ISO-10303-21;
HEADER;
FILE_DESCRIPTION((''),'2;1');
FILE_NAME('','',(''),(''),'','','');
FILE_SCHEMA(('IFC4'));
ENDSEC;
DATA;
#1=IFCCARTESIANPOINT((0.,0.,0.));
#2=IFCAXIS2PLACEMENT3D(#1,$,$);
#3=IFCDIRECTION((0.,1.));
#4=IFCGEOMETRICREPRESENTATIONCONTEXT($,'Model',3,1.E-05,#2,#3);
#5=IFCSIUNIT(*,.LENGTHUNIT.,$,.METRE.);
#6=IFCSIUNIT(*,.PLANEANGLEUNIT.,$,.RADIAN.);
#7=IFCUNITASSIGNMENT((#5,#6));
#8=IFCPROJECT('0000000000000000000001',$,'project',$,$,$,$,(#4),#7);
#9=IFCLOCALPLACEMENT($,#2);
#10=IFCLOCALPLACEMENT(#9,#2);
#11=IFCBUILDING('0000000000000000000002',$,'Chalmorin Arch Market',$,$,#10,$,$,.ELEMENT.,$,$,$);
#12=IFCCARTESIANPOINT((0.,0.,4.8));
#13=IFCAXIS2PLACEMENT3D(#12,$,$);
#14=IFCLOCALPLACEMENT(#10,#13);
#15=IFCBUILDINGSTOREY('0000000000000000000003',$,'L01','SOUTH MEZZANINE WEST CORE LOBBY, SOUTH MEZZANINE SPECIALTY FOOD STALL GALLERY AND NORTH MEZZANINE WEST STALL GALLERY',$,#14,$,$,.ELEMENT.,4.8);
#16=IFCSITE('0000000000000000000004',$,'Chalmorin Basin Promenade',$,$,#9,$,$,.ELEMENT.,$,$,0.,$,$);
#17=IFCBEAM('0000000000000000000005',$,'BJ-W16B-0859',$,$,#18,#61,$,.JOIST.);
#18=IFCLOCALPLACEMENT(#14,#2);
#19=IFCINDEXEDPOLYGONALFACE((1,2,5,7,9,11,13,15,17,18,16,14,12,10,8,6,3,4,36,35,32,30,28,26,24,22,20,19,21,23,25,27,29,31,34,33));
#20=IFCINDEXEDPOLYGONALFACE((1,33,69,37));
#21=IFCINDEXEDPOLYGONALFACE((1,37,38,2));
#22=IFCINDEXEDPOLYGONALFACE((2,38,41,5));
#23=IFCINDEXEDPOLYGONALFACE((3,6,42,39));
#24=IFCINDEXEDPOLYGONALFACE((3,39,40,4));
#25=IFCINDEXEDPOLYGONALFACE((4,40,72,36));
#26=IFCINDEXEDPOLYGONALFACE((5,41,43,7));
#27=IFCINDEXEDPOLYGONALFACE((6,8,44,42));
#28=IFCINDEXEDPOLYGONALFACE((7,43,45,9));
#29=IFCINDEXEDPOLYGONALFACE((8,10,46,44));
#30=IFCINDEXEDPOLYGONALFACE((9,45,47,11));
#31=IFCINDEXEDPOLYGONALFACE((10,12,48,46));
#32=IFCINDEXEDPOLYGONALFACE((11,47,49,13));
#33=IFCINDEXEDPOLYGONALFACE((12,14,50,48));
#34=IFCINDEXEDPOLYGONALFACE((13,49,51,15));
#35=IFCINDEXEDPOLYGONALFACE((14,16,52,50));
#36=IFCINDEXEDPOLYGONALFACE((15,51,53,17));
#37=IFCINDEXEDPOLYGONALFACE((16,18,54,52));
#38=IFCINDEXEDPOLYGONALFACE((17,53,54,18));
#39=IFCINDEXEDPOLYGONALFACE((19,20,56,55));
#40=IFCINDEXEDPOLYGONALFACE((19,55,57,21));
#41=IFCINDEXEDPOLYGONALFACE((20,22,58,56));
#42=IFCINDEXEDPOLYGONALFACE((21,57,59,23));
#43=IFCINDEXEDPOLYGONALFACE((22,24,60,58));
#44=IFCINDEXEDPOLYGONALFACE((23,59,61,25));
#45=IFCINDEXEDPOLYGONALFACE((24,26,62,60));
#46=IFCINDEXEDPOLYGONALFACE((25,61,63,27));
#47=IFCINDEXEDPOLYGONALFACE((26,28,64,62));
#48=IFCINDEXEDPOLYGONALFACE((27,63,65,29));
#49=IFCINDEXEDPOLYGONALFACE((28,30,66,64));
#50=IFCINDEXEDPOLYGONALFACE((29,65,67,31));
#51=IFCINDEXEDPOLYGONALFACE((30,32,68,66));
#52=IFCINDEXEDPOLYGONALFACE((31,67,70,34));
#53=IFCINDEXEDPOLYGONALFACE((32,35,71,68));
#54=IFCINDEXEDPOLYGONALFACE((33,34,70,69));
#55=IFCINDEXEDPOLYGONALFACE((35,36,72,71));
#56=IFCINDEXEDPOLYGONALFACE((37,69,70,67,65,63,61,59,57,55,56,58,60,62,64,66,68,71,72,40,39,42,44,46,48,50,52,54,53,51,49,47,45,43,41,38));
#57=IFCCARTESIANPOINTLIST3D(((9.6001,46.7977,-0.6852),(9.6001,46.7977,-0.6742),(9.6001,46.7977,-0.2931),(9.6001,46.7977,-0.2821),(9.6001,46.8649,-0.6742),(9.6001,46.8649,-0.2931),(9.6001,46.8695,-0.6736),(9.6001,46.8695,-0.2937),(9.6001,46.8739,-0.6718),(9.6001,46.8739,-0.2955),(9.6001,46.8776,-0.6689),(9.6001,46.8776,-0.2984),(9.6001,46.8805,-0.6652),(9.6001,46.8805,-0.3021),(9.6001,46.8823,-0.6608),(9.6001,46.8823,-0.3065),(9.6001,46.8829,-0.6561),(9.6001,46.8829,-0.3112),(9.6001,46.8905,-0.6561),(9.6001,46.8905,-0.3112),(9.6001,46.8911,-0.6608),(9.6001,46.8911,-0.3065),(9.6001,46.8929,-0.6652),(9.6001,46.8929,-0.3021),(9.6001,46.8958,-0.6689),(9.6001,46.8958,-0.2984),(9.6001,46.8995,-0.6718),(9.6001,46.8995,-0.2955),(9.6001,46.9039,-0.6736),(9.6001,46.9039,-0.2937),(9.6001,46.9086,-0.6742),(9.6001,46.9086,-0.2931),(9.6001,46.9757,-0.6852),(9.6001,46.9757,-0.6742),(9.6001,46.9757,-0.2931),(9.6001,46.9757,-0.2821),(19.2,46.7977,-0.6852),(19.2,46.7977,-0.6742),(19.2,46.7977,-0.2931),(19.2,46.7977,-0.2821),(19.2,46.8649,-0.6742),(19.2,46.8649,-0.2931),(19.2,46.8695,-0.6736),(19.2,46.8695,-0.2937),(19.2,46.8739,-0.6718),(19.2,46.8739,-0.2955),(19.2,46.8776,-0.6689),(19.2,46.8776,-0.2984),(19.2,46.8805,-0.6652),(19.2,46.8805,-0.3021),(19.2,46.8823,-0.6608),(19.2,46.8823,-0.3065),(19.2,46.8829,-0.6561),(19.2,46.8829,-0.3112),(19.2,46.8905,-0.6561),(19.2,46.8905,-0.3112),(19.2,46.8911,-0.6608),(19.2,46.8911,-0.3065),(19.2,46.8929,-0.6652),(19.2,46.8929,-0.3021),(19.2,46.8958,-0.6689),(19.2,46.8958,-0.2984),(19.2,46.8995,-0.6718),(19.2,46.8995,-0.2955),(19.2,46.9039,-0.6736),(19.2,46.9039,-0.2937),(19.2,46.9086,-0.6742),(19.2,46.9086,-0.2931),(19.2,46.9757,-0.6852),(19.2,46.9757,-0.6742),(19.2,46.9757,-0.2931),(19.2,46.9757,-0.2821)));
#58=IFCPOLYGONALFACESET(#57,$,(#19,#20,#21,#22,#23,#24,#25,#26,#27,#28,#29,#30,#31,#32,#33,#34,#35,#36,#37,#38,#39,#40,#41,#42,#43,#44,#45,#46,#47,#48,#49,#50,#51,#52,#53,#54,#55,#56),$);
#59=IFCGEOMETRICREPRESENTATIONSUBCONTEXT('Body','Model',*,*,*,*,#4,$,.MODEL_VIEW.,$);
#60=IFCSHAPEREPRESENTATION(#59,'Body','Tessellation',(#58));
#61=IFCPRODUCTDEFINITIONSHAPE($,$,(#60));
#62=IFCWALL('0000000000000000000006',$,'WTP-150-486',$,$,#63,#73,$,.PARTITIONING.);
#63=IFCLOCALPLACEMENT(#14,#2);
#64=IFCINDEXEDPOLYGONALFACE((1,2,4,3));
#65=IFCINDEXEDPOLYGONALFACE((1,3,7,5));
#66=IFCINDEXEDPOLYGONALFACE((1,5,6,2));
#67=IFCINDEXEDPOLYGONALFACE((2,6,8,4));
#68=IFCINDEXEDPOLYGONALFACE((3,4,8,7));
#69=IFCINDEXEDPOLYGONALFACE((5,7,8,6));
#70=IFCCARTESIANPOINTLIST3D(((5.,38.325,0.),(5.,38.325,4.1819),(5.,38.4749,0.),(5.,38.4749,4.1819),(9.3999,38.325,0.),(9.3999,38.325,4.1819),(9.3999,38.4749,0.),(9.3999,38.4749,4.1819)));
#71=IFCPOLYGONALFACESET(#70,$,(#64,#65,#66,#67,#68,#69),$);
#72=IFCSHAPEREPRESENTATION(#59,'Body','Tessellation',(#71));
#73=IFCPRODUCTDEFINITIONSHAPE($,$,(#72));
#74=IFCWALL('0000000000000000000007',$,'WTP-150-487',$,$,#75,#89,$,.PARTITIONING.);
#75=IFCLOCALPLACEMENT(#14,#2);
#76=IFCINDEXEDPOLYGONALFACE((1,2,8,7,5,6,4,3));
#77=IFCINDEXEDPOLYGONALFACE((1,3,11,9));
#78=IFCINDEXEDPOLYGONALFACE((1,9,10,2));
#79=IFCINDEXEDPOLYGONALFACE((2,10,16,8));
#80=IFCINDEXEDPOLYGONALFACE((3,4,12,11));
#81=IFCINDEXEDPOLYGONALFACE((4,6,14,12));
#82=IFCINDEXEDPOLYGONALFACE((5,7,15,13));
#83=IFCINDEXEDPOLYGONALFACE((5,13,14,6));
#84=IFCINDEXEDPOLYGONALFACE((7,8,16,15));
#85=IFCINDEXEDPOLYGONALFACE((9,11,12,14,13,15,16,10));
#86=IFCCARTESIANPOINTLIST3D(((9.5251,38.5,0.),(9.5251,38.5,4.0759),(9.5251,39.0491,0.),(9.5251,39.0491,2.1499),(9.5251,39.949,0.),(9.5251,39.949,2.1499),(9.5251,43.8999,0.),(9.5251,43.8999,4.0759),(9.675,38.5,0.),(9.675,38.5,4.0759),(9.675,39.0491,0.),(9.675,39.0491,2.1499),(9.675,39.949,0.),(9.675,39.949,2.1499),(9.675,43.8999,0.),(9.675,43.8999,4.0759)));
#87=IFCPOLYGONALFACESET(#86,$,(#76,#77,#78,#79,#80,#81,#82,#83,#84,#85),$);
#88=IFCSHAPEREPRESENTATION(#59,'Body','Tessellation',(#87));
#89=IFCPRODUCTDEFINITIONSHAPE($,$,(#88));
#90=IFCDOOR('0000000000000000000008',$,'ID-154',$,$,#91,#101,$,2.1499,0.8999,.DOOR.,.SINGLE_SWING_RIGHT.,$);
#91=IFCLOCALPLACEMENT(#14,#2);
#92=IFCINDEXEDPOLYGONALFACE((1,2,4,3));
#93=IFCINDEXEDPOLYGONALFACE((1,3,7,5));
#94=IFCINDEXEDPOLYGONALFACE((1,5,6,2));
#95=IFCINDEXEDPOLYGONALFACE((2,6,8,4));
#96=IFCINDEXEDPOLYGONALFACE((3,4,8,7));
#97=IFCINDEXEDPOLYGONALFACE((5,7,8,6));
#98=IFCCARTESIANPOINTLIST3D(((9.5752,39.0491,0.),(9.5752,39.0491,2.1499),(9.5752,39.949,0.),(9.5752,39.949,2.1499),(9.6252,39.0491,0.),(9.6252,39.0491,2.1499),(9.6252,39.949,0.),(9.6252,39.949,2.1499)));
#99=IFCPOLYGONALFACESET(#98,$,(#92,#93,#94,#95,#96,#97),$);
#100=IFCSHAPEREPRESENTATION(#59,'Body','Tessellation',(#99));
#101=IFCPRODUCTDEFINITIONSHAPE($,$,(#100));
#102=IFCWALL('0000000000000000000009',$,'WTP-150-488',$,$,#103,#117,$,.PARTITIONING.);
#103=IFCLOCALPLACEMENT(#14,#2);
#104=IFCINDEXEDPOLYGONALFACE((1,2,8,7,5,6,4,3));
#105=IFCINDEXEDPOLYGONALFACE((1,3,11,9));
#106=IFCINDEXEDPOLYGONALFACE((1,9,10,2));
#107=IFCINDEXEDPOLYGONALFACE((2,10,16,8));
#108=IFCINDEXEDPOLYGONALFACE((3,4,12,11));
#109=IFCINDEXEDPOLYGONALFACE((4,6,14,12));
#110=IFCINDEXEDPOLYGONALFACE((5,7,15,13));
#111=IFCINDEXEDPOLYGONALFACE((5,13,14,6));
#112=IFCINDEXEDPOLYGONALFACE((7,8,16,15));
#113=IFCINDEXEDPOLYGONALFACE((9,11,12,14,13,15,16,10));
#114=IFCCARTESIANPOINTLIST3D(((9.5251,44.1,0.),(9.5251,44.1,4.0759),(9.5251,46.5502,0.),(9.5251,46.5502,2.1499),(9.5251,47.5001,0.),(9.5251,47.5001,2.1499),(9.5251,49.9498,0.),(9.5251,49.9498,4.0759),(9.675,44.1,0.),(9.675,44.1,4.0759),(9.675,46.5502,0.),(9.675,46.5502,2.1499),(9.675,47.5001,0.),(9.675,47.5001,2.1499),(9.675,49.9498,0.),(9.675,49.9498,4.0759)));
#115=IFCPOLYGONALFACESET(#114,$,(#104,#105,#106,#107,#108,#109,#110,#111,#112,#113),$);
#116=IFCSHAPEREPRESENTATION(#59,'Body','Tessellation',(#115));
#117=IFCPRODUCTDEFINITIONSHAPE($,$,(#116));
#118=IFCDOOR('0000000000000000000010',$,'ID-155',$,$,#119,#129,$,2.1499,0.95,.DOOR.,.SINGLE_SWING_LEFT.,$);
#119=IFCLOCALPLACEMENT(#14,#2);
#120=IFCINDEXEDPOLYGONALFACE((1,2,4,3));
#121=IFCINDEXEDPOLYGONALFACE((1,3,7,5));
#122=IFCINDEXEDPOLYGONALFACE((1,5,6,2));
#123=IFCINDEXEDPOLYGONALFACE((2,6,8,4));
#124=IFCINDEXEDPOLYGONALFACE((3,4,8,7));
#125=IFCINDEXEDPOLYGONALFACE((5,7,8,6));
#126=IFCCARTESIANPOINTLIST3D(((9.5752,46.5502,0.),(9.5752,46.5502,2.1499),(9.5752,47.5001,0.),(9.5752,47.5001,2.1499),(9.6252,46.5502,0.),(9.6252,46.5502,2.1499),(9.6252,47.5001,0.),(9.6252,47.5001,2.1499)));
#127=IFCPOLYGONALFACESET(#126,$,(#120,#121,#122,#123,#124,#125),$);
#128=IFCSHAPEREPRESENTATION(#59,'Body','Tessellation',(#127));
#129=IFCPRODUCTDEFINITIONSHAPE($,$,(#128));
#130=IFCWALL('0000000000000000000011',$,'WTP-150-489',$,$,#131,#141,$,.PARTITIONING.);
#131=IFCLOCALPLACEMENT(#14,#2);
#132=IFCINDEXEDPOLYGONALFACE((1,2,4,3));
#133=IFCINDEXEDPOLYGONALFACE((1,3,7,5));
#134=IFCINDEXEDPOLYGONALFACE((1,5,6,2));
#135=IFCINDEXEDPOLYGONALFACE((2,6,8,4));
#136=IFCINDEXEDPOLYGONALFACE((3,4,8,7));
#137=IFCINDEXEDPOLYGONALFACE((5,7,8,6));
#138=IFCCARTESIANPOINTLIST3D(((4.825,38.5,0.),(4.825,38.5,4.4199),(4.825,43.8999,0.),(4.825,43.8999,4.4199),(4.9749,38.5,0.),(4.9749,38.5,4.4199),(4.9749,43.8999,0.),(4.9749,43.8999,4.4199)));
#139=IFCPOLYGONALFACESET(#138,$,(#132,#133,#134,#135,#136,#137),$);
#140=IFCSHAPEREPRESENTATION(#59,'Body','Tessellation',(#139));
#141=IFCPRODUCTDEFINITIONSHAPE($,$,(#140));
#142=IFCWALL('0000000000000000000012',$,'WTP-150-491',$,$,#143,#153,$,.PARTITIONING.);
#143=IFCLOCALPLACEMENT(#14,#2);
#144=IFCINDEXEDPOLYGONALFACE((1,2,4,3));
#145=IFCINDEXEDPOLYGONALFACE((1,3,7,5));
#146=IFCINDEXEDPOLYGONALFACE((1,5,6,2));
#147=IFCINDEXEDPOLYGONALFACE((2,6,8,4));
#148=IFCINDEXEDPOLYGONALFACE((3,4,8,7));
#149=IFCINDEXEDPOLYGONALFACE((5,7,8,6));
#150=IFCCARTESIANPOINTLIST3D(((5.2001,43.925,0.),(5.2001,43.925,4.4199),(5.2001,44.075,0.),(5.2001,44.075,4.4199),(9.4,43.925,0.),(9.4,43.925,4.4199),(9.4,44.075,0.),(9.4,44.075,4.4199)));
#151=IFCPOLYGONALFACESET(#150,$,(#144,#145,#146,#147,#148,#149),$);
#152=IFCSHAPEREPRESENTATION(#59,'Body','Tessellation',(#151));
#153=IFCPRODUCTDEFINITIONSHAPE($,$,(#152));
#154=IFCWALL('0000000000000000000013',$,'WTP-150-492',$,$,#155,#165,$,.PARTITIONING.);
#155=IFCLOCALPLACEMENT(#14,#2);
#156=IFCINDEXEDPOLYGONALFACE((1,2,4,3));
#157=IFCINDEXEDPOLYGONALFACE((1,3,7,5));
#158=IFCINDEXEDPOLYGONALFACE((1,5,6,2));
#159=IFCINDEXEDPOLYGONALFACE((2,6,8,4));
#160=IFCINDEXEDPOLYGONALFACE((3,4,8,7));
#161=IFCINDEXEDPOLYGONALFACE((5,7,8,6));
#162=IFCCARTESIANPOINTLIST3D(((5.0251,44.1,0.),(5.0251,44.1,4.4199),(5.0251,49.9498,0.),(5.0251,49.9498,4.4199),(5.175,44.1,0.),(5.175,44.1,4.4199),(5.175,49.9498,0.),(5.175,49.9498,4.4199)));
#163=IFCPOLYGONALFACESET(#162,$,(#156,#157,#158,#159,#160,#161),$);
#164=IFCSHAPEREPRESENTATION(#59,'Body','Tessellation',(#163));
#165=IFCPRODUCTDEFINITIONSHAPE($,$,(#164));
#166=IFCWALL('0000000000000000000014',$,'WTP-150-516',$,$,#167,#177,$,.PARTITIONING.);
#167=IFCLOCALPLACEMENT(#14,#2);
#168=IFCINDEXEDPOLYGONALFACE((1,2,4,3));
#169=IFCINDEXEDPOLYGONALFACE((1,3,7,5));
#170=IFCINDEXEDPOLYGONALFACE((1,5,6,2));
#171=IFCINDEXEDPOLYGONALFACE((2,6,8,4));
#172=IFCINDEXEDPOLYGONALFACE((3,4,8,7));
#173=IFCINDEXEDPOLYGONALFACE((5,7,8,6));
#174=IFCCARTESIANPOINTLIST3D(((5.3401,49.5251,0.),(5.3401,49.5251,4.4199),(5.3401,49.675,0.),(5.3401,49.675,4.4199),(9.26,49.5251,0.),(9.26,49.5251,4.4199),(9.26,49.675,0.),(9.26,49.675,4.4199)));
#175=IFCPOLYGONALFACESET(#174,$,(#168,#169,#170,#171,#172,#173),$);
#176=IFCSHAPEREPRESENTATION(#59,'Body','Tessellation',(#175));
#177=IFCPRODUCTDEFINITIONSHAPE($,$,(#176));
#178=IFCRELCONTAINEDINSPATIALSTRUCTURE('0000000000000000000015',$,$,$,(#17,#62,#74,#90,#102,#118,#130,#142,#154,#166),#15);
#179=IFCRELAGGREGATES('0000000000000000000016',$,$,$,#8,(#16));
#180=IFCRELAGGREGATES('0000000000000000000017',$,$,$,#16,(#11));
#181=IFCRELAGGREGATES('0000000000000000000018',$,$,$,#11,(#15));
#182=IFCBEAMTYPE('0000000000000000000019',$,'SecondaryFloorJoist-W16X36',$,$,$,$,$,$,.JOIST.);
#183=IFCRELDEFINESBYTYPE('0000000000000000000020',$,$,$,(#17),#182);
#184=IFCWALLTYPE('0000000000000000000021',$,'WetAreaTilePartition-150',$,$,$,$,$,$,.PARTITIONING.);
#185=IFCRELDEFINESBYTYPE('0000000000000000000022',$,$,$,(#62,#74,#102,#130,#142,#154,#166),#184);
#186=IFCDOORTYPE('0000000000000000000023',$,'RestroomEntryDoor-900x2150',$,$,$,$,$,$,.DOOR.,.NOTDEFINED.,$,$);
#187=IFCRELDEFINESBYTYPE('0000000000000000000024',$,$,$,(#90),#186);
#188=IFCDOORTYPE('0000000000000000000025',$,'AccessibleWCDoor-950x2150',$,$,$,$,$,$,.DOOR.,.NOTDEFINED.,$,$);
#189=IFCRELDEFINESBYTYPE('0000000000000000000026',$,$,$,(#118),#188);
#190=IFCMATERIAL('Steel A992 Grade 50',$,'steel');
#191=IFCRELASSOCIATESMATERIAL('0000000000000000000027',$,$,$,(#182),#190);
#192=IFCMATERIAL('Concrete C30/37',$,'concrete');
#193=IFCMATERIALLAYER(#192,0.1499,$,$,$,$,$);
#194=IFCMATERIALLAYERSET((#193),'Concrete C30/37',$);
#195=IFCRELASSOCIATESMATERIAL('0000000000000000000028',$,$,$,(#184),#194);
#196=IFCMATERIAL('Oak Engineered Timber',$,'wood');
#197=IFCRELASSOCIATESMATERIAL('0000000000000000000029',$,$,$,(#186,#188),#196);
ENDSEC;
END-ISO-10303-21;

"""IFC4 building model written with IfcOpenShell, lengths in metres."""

from ifc_helpers import new_model, si_unit, direction, frame, frame_2d, origin, origin_2d, place, context, subcontext, project, spatial, rectangle, i_section, extrude, material, layer, layer_set, material_profile, profile_set, type_object, element, fill, save


model = new_model("IFC4")

# Units and contexts
model_context = context("Model", 3, precision=1e-05, world=origin(), true_north=direction((0.0, 1.0)))
body_context = subcontext(model_context, "Body", "Model", "MODEL_VIEW")
ifc_project = project(units=[si_unit("LENGTHUNIT", "METRE"), si_unit("PLANEANGLEUNIT", "RADIAN")], contexts=[model_context])

# Site, building, storey
site_placement = place(None, origin())
site = spatial("IfcSite", under=ifc_project, at=site_placement, Name="Chalmorin Basin Promenade", CompositionType="ELEMENT", RefElevation=0.0)
building_placement = place(site_placement, origin())
building = spatial("IfcBuilding", under=site, at=building_placement, Name="Chalmorin Arch Market", CompositionType="ELEMENT")
storey_placement = place(building_placement, frame((0.0, 0.0, 4.8)))
storey = spatial("IfcBuildingStorey", under=building, at=storey_placement, Name="L01", Description="SOUTH MEZZANINE WEST CORE LOBBY, SOUTH MEZZANINE SPECIALTY FOOD STALL GALLERY AND NORTH MEZZANINE WEST STALL GALLERY", CompositionType="ELEMENT", Elevation=4.8)

# Shared definitions
ifc_material_1 = material(Name="Steel A992 Grade 50", Category="steel")

# Beam
ifc_material_profile_1 = material_profile(ifc_material_1, i_section(OverallWidth=0.178, OverallDepth=0.4031, WebThickness=0.0076, FlangeThickness=0.011, FilletRadius=0.0181, at=origin_2d()), Name="W16X36")
ifc_profile_set_1 = profile_set([ifc_material_profile_1], Name="Steel A992 Grade 50")
beam_type_1 = type_object("IfcBeamType", Name="SecondaryFloorJoist-W16X36", PredefinedType="JOIST", material=ifc_profile_set_1)
for number, where, z_axis, x_axis, name in (
    (1, (9.6001, 46.8867, -0.4836), (1.0, 0.0, 0.0), (0.0, 1.0, 0.0), "BJ-W16B-0859"),
):
    element("IfcBeam", number, at=place(storey_placement, frame(where, z_axis=z_axis, x_axis=x_axis)), inside=storey, type_object=beam_type_1, Name=name, PredefinedType="JOIST", context=body_context, shape_type="SweptSolid", body=[
        extrude(i_section(OverallWidth=0.178, OverallDepth=0.4031, WebThickness=0.0076, FlangeThickness=0.011, FilletRadius=0.0181, at=origin_2d()), origin(), (0.0, 0.0, 1.0), 9.5999),
    ])

# Shared definitions
ifc_material_2 = material(Name="Concrete C30/37", Category="concrete")

# Wall
ifc_layer_1 = layer(ifc_material_2, 0.1499)
ifc_layer_set_1 = layer_set([ifc_layer_1], Name="Concrete C30/37")
wall_type_1 = type_object("IfcWallType", Name="WetAreaTilePartition-150", PredefinedType="PARTITIONING", material=ifc_layer_set_1)
wall_1_placement = place(storey_placement, frame((5.0, 38.3999, 0.0), z_axis=(0.0, 0.0, 1.0), x_axis=(1.0, 0.0, 0.0)))
element("IfcWall", 2, at=wall_1_placement, inside=storey, type_object=wall_type_1, Name="WTP-150-486", PredefinedType="PARTITIONING", context=body_context, shape_type="SweptSolid", body=[
    extrude(rectangle(XDim=4.3999, YDim=0.1499, at=frame_2d((2.2, 0.0))), origin(), (0.0, 0.0, 1.0), 4.1819),
])

# Walls, openings, doors
wall_2_placement = place(storey_placement, frame((9.6001, 38.5, 0.0), z_axis=(0.0, 0.0, 1.0), x_axis=(0.0, 1.0, 0.0)))
wall_2 = element("IfcWall", 3, at=wall_2_placement, inside=storey, type_object=wall_type_1, Name="WTP-150-487", PredefinedType="PARTITIONING", context=body_context, shape_type="SweptSolid", body=[
    extrude(rectangle(XDim=5.3999, YDim=0.1499, at=frame_2d((2.7, 0.0))), origin(), (0.0, 0.0, 1.0), 4.0759),
])
opening_1_placement = place(wall_2_placement, frame((0.5491, 0.0, 0.0)))
opening_1 = element("IfcOpeningElement", 4, at=opening_1_placement, cuts=wall_2, PredefinedType="OPENING", context=body_context, shape_type="SweptSolid", body=[
    extrude(rectangle(XDim=0.8999, YDim=2.1499, at=frame_2d((0.45, 1.075))), frame((0.0, 0.085, 0.0), z_axis=(0.0, -1.0, 0.0), x_axis=(1.0, 0.0, 0.0)), (0.0, 0.0, 1.0), 0.1699),
])
ifc_material_3 = material(Name="Oak Engineered Timber", Category="wood")
door_type_1 = type_object("IfcDoorType", Name="RestroomEntryDoor-900x2150", OperationType="NOTDEFINED", PredefinedType="DOOR", material=ifc_material_3)
door_1_placement = place(opening_1_placement, origin())
door_1 = element("IfcDoor", 5, at=door_1_placement, inside=storey, type_object=door_type_1, Name="ID-154", OperationType="SINGLE_SWING_RIGHT", OverallHeight=2.1499, OverallWidth=0.8999, PredefinedType="DOOR", context=body_context, shape_type="SweptSolid", body=[
    extrude(rectangle(XDim=0.8999, YDim=2.1499, at=frame_2d((0.45, 1.075))), frame((0.0, 0.0249, 0.0), z_axis=(0.0, -1.0, 0.0), x_axis=(1.0, 0.0, 0.0)), (0.0, 0.0, 1.0), 0.05),
])
fill(opening_1, door_1)
wall_3_placement = place(storey_placement, frame((9.6001, 44.1001, 0.0), z_axis=(0.0, 0.0, 1.0), x_axis=(0.0, 1.0, 0.0)))
wall_3 = element("IfcWall", 6, at=wall_3_placement, inside=storey, type_object=wall_type_1, Name="WTP-150-488", PredefinedType="PARTITIONING", context=body_context, shape_type="SweptSolid", body=[
    extrude(rectangle(XDim=5.8499, YDim=0.1499, at=frame_2d((2.9248, 0.0))), origin(), (0.0, 0.0, 1.0), 4.0759),
])
opening_2_placement = place(wall_3_placement, frame((2.45, 0.0, 0.0)))
opening_2 = element("IfcOpeningElement", 7, at=opening_2_placement, cuts=wall_3, PredefinedType="OPENING", context=body_context, shape_type="SweptSolid", body=[
    extrude(rectangle(XDim=0.95, YDim=2.1499, at=frame_2d((0.4751, 1.075))), frame((0.0, 0.085, 0.0), z_axis=(0.0, -1.0, 0.0), x_axis=(1.0, 0.0, 0.0)), (0.0, 0.0, 1.0), 0.1699),
])
door_type_2 = type_object("IfcDoorType", Name="AccessibleWCDoor-950x2150", OperationType="NOTDEFINED", PredefinedType="DOOR", material=ifc_material_3)
door_2_placement = place(opening_2_placement, origin())
door_2 = element("IfcDoor", 8, at=door_2_placement, inside=storey, type_object=door_type_2, Name="ID-155", OperationType="SINGLE_SWING_LEFT", OverallHeight=2.1499, OverallWidth=0.95, PredefinedType="DOOR", context=body_context, shape_type="SweptSolid", body=[
    extrude(rectangle(XDim=0.95, YDim=2.1499, at=frame_2d((0.4751, 1.075))), frame((0.0, 0.0249, 0.0), z_axis=(0.0, -1.0, 0.0), x_axis=(1.0, 0.0, 0.0)), (0.0, 0.0, 1.0), 0.05),
])
fill(opening_2, door_2)

# Walls
wall_4_placement = place(storey_placement, frame((4.8999, 38.5, 0.0), z_axis=(0.0, 0.0, 1.0), x_axis=(0.0, 1.0, 0.0)))
element("IfcWall", 9, at=wall_4_placement, inside=storey, type_object=wall_type_1, Name="WTP-150-489", PredefinedType="PARTITIONING", context=body_context, shape_type="SweptSolid", body=[
    extrude(rectangle(XDim=5.3999, YDim=0.1499, at=frame_2d((2.7, 0.0))), origin(), (0.0, 0.0, 1.0), 4.4199),
])
wall_5_placement = place(storey_placement, frame((5.2, 44.0, 0.0), z_axis=(0.0, 0.0, 1.0), x_axis=(1.0, 0.0, 0.0)))
element("IfcWall", 10, at=wall_5_placement, inside=storey, type_object=wall_type_1, Name="WTP-150-491", PredefinedType="PARTITIONING", context=body_context, shape_type="SweptSolid", body=[
    extrude(rectangle(XDim=4.2, YDim=0.1499, at=frame_2d((2.1001, 0.0))), origin(), (0.0, 0.0, 1.0), 4.4199),
])
wall_6_placement = place(storey_placement, frame((5.1001, 44.1001, 0.0), z_axis=(0.0, 0.0, 1.0), x_axis=(0.0, 1.0, 0.0)))
element("IfcWall", 11, at=wall_6_placement, inside=storey, type_object=wall_type_1, Name="WTP-150-492", PredefinedType="PARTITIONING", context=body_context, shape_type="SweptSolid", body=[
    extrude(rectangle(XDim=5.8499, YDim=0.1499, at=frame_2d((2.9248, 0.0))), origin(), (0.0, 0.0, 1.0), 4.4199),
])
wall_7_placement = place(storey_placement, frame((5.3401, 49.6001, 0.0), z_axis=(0.0, 0.0, 1.0), x_axis=(1.0, 0.0, 0.0)))
element("IfcWall", 12, at=wall_7_placement, inside=storey, type_object=wall_type_1, Name="WTP-150-516", PredefinedType="PARTITIONING", context=body_context, shape_type="SweptSolid", body=[
    extrude(rectangle(XDim=3.9199, YDim=0.1499, at=frame_2d((1.96, 0.0))), origin(), (0.0, 0.0, 1.0), 4.4199),
])

save(model, "model.ifc")
